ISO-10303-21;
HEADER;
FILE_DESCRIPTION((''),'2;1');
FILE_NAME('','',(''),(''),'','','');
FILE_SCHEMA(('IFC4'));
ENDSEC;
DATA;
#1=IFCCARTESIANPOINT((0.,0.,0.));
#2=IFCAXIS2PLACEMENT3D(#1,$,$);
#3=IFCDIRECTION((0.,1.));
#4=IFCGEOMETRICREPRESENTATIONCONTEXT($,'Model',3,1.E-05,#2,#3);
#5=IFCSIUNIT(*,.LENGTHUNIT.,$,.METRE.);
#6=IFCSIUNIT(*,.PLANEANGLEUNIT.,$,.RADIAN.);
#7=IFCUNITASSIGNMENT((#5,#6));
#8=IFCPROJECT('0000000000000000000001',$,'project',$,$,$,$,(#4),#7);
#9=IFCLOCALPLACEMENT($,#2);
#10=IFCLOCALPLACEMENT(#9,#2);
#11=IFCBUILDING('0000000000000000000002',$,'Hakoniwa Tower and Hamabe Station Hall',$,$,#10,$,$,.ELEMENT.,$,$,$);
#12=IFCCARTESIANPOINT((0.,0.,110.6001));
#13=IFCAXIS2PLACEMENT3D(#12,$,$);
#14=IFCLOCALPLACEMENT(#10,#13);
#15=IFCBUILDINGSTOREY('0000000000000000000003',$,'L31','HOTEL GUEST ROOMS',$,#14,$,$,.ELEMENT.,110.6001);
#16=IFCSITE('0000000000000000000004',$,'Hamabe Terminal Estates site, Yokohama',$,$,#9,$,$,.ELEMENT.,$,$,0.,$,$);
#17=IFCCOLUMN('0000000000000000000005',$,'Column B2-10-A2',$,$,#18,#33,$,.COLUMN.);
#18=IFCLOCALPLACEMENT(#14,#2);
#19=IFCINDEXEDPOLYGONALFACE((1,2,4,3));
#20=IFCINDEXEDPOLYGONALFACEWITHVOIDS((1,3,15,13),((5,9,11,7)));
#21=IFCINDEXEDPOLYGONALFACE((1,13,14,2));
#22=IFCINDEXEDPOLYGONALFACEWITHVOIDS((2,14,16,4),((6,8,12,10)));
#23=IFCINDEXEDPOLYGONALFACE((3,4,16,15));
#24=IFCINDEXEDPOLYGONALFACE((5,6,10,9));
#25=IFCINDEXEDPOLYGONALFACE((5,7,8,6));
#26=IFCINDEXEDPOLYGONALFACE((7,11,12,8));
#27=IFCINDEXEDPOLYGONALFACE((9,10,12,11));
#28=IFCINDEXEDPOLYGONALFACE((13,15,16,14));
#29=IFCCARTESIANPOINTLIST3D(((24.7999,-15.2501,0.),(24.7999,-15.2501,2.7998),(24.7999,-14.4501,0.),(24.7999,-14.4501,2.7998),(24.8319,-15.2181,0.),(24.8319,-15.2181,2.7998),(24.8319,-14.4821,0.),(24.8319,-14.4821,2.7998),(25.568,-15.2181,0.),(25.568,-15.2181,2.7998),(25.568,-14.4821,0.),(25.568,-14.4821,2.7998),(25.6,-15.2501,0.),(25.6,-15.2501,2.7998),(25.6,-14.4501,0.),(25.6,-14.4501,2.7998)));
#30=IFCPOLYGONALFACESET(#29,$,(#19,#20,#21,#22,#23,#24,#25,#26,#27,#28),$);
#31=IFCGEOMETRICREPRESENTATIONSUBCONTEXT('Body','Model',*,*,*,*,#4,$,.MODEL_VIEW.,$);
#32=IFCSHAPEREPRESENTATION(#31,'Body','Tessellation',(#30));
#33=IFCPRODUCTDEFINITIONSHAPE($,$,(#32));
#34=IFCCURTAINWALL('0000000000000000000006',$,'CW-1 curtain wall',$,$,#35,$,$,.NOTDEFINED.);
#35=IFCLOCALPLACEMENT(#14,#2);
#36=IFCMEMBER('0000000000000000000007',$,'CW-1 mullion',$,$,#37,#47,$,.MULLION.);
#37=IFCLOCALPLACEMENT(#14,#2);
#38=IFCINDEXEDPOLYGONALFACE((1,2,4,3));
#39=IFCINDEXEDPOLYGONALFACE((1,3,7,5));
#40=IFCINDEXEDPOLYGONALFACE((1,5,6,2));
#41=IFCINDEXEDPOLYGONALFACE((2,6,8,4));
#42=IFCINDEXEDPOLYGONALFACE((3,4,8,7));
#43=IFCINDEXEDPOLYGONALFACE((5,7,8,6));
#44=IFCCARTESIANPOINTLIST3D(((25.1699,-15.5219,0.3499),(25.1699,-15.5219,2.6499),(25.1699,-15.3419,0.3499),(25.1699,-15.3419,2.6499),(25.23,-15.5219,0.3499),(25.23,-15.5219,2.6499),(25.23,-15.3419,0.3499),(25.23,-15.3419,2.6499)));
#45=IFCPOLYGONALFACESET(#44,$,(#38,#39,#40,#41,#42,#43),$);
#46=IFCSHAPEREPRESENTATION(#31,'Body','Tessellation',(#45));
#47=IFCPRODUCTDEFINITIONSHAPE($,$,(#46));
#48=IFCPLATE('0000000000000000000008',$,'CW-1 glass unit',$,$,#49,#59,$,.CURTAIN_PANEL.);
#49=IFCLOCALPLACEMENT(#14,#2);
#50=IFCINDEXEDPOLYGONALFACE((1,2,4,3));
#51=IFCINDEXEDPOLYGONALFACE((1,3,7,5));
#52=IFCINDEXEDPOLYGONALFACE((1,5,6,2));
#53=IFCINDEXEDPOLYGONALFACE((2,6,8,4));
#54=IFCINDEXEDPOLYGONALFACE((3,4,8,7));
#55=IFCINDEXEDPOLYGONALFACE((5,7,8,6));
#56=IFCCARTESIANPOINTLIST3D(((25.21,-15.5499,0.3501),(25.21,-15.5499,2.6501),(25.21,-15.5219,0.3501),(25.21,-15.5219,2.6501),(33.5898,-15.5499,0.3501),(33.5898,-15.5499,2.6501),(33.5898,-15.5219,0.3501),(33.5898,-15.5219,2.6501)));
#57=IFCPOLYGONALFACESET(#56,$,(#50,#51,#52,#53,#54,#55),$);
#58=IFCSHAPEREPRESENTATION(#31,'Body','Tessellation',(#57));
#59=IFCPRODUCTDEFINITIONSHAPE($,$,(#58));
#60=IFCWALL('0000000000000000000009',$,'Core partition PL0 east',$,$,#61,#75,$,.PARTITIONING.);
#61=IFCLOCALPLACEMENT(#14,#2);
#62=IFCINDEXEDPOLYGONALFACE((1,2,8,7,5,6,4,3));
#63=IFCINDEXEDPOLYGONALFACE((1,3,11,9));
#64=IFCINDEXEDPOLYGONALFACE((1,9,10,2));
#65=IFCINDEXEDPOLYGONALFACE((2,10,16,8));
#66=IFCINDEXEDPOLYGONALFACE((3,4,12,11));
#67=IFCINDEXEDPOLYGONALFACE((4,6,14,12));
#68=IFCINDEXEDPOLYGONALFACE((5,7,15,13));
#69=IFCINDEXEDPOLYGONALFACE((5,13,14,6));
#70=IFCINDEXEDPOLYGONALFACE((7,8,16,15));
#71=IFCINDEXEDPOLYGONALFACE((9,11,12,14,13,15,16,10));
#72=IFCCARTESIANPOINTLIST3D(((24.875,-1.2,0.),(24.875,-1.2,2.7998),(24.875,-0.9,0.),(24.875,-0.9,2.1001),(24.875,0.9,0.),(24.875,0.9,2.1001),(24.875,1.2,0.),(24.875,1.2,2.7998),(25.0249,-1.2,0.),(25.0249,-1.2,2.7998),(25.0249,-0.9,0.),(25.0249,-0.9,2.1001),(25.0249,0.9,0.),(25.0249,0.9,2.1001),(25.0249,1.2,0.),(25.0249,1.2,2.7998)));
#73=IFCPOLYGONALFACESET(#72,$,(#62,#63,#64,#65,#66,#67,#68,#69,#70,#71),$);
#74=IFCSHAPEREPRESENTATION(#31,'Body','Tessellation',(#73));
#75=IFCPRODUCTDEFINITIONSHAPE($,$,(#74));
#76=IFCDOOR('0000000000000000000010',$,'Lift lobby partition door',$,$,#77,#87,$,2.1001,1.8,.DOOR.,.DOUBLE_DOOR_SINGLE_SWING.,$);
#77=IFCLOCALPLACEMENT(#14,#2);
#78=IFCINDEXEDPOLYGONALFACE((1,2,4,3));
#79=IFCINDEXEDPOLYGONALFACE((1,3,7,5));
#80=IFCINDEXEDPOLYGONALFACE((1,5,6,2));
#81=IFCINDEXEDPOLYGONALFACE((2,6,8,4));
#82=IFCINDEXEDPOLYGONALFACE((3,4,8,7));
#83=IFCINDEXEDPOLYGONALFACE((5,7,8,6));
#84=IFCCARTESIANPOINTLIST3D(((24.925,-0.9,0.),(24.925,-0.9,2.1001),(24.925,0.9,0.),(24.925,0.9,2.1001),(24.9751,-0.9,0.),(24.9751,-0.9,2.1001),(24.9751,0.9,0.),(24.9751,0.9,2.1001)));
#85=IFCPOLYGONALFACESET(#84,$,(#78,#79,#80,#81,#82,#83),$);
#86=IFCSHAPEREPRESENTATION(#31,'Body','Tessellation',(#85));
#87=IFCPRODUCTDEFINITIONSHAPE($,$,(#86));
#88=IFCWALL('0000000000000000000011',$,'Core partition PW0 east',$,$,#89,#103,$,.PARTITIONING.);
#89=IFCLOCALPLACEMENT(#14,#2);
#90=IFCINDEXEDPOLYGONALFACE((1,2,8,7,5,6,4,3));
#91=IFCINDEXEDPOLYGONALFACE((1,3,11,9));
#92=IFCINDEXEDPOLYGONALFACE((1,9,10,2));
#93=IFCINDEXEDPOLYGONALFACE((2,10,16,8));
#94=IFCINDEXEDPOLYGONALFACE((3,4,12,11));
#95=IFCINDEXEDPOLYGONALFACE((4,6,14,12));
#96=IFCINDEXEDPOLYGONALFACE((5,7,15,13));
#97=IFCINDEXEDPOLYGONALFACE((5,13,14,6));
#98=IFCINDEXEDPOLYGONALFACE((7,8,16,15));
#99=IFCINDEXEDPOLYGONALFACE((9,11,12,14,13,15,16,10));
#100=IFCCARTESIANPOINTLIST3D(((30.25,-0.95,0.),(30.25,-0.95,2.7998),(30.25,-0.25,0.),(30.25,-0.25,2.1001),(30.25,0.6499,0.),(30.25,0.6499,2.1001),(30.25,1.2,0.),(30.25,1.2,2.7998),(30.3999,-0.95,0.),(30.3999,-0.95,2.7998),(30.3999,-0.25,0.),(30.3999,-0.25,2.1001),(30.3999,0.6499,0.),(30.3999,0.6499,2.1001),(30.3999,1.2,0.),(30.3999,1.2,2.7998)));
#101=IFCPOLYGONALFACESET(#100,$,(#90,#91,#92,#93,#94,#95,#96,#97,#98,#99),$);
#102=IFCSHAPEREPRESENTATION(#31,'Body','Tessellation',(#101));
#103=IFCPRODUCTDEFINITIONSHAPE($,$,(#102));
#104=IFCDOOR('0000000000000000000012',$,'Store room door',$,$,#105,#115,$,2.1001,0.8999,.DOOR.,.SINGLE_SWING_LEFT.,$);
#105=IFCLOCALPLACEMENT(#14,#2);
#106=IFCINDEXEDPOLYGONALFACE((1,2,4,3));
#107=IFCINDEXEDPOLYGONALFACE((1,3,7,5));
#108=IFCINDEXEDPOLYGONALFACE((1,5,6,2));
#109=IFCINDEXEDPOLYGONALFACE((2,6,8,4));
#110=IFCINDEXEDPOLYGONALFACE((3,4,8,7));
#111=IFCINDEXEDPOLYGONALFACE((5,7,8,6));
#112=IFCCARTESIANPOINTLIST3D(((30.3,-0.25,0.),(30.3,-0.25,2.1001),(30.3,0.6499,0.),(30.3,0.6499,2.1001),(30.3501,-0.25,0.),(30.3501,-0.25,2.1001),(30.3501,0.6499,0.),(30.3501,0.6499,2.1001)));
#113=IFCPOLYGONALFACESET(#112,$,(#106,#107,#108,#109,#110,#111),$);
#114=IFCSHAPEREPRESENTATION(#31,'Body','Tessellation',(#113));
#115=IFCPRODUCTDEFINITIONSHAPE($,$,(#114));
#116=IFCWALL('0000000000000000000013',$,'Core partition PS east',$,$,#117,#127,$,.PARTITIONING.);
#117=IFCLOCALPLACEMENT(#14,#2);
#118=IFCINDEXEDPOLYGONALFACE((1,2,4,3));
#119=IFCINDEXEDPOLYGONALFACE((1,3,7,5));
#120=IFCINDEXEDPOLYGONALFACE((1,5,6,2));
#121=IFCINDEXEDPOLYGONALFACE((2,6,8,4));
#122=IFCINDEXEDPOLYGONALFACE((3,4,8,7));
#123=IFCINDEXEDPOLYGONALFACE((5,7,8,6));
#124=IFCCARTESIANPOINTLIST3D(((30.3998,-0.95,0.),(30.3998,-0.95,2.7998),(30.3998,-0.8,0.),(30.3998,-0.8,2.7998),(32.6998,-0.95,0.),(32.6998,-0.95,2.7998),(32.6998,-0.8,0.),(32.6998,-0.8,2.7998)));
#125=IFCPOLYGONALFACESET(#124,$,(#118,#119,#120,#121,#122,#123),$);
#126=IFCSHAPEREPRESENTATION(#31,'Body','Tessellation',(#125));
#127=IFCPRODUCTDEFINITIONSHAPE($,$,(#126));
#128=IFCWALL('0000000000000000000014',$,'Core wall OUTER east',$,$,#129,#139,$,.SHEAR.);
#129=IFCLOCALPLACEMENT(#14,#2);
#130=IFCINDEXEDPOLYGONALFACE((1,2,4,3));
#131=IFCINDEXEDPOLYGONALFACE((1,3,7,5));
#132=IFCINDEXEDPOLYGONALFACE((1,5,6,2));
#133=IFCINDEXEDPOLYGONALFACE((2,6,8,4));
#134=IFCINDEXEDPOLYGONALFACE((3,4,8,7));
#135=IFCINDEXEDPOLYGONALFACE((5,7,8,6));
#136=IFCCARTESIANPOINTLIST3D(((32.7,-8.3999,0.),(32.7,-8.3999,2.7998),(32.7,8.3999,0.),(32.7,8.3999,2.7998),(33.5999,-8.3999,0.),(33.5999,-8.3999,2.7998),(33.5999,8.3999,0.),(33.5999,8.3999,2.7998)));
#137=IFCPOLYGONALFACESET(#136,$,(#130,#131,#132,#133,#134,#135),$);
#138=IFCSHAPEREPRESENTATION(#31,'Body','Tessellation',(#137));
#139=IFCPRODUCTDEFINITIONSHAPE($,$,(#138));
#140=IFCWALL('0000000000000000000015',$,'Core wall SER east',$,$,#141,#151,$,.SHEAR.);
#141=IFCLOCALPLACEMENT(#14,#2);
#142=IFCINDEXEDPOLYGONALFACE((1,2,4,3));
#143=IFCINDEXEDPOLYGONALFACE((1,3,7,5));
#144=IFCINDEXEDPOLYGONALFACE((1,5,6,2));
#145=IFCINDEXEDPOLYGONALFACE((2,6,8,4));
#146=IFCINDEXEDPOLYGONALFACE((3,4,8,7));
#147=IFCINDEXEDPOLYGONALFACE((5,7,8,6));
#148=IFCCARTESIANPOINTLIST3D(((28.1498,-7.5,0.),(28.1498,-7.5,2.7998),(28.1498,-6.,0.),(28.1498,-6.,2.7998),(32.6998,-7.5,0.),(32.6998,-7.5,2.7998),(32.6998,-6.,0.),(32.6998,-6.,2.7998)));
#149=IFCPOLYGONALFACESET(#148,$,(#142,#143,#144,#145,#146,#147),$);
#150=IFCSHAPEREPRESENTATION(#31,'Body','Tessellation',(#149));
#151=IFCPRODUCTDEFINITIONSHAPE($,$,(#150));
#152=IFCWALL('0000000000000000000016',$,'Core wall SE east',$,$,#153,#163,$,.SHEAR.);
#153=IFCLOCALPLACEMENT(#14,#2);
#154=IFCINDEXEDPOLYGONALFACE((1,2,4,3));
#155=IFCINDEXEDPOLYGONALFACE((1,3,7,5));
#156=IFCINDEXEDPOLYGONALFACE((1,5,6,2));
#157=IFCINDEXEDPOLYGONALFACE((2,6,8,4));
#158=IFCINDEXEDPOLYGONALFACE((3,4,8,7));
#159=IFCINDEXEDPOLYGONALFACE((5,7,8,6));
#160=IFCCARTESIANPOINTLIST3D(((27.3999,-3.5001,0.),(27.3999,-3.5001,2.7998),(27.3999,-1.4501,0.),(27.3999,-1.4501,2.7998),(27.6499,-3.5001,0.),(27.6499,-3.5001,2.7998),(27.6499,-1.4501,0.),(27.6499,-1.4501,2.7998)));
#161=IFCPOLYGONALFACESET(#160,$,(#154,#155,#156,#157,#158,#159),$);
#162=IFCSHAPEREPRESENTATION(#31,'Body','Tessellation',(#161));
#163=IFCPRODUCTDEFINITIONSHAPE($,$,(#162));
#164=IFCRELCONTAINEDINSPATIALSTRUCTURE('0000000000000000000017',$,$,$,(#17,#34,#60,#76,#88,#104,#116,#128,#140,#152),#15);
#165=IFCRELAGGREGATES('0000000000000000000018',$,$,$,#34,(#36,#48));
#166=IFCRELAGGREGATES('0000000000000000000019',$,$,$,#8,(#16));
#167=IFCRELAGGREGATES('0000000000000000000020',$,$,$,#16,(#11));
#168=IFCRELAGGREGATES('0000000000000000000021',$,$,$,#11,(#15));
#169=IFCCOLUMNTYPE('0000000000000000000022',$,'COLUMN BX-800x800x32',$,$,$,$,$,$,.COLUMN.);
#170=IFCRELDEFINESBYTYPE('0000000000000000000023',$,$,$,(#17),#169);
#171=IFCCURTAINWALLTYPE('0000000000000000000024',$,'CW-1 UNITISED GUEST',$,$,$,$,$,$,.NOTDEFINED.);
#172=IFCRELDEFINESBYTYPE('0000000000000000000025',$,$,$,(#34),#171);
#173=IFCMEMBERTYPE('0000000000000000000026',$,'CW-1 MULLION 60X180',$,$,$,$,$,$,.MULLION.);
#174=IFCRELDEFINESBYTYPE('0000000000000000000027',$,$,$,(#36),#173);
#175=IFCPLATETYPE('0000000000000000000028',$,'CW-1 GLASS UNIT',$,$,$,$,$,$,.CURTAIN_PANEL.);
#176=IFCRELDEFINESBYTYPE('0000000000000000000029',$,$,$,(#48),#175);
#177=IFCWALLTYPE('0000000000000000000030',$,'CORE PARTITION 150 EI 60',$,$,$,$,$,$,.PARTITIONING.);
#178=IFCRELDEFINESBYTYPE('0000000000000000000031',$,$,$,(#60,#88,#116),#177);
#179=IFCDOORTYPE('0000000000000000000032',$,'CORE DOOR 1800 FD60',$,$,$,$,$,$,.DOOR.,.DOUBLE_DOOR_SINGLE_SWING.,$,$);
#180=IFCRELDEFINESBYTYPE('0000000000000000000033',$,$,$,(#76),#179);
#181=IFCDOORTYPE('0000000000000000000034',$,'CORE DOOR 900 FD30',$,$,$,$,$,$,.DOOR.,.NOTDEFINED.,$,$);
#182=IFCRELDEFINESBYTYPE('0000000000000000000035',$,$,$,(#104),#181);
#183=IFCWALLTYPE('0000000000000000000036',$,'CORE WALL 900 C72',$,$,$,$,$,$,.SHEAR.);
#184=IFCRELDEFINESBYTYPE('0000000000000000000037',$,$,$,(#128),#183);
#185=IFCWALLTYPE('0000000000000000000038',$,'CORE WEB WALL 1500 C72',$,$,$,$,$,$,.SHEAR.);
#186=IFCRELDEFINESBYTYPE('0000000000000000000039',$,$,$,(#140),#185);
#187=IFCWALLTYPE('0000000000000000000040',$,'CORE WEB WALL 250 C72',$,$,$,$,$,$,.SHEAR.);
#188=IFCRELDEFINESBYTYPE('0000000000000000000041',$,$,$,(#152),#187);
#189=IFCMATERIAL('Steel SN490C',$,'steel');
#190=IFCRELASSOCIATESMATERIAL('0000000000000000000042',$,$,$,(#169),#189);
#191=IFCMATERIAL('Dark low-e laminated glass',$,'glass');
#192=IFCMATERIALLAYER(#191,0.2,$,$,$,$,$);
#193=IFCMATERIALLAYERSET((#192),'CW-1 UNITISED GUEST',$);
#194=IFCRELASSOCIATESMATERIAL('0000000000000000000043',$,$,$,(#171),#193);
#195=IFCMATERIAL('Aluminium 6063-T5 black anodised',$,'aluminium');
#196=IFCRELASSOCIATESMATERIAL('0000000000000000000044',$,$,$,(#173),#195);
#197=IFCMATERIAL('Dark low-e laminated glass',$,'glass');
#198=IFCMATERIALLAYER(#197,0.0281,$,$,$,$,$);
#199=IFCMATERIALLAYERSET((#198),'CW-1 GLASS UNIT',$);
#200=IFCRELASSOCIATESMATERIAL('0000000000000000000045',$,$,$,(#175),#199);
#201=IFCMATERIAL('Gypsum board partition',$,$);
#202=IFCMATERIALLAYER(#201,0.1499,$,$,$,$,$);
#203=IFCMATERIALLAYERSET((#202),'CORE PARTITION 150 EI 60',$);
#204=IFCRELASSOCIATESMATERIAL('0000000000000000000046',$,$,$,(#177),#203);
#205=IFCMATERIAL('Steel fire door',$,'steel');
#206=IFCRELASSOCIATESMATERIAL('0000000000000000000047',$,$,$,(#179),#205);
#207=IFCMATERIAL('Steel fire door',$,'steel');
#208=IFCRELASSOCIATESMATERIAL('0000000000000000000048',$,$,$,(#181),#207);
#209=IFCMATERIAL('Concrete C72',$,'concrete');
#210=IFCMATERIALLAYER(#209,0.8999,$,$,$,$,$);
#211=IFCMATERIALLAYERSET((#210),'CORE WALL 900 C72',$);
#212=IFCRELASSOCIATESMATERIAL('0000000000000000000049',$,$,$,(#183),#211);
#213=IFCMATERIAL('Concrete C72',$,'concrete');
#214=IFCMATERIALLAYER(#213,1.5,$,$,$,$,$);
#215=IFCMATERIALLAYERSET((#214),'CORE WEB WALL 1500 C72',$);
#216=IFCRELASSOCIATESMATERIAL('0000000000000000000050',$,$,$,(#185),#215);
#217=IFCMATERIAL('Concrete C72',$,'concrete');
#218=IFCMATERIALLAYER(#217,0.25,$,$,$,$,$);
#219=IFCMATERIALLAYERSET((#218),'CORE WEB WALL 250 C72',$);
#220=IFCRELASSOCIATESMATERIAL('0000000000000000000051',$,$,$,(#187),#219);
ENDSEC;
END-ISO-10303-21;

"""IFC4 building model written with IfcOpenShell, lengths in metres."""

from ifc_helpers import new_model, si_unit, direction, frame, frame_2d, origin, origin_2d, place, context, subcontext, project, spatial, rectangle, hollow_rectangle, extrude, material, layer, layer_set, material_profile, profile_set, type_object, element, fill, aggregate, save


model = new_model("IFC4")

# Units and contexts
model_context = context("Model", 3, precision=1e-05, world=origin(), true_north=direction((0.0, 1.0)))
body_context = subcontext(model_context, "Body", "Model", "MODEL_VIEW")
ifc_project = project(units=[si_unit("LENGTHUNIT", "METRE"), si_unit("PLANEANGLEUNIT", "RADIAN")], contexts=[model_context])

# Site, building, storey
site_placement = place(None, origin())
site = spatial("IfcSite", under=ifc_project, at=site_placement, Name="Hamabe Terminal Estates site, Yokohama", CompositionType="ELEMENT", RefElevation=0.0)
building_placement = place(site_placement, origin())
building = spatial("IfcBuilding", under=site, at=building_placement, Name="Hakoniwa Tower and Hamabe Station Hall", CompositionType="ELEMENT")
storey_placement = place(building_placement, frame((0.0, 0.0, 110.6001)))
storey = spatial("IfcBuildingStorey", under=building, at=storey_placement, Name="L31", Description="HOTEL GUEST ROOMS", CompositionType="ELEMENT", Elevation=110.6001)

# Column
ifc_material_1 = material(Name="Steel SN490C", Category="steel")
ifc_material_profile_1 = material_profile(ifc_material_1, hollow_rectangle(XDim=0.8, YDim=0.8, WallThickness=0.032, at=origin_2d()), Name="BX-800x800x32")
ifc_profile_set_1 = profile_set([ifc_material_profile_1], Name="Steel SN490C")
column_type = type_object("IfcColumnType", Name="COLUMN BX-800x800x32", PredefinedType="COLUMN", material=ifc_profile_set_1)
column_placement = place(storey_placement, frame((25.2, -14.8501, 0.0), z_axis=(0.0, 0.0, 1.0), x_axis=(1.0, 0.0, 0.0)))
element("IfcColumn", 1, at=column_placement, inside=storey, type_object=column_type, Name="Column B2-10-A2", PredefinedType="COLUMN", context=body_context, shape_type="SweptSolid", body=[
    extrude(hollow_rectangle(XDim=0.8, YDim=0.8, WallThickness=0.032, at=origin_2d()), origin(), (0.0, 0.0, 1.0), 2.7998),
])

# Curtain wall, member, plate
ifc_material_2 = material(Name="Dark low-e laminated glass", Category="glass")
ifc_layer_1 = layer(ifc_material_2, 0.2)
ifc_layer_set_1 = layer_set([ifc_layer_1], Name="CW-1 UNITISED GUEST")
curtain_wall_type = type_object("IfcCurtainWallType", Name="CW-1 UNITISED GUEST", PredefinedType="NOTDEFINED", material=ifc_layer_set_1)
curtain_wall_placement = place(storey_placement, origin())
curtain_wall = element("IfcCurtainWall", 2, at=curtain_wall_placement, inside=storey, type_object=curtain_wall_type, Name="CW-1 curtain wall", PredefinedType="NOTDEFINED")
ifc_material_3 = material(Name="Aluminium 6063-T5 black anodised", Category="aluminium")
ifc_material_profile_2 = material_profile(ifc_material_3, rectangle(XDim=0.0601, YDim=0.1799, at=origin_2d()), Name="CW-1 MULLION 60X180")
ifc_profile_set_2 = profile_set([ifc_material_profile_2], Name="Aluminium 6063-T5 black anodised")
member_type = type_object("IfcMemberType", Name="CW-1 MULLION 60X180", PredefinedType="MULLION", material=ifc_profile_set_2)
member_placement = place(storey_placement, frame((25.2, -15.4319, 0.3499), z_axis=(0.0, 0.0, 1.0), x_axis=(1.0, 0.0, 0.0)))
member = element("IfcMember", 3, at=member_placement, type_object=member_type, Name="CW-1 mullion", PredefinedType="MULLION", context=body_context, shape_type="SweptSolid", body=[
    extrude(rectangle(XDim=0.0601, YDim=0.1799, at=origin_2d()), origin(), (0.0, 0.0, 1.0), 2.3),
])
ifc_material_4 = material(Name="Dark low-e laminated glass", Category="glass")
ifc_layer_2 = layer(ifc_material_4, 0.0281)
ifc_layer_set_2 = layer_set([ifc_layer_2], Name="CW-1 GLASS UNIT")
plate_type = type_object("IfcPlateType", Name="CW-1 GLASS UNIT", PredefinedType="CURTAIN_PANEL", material=ifc_layer_set_2)
plate_placement = place(storey_placement, frame((29.3999, -15.5359, 0.3501), z_axis=(0.0, 0.0, 1.0), x_axis=(1.0, 0.0, 0.0)))
plate = element("IfcPlate", 4, at=plate_placement, type_object=plate_type, Name="CW-1 glass unit", PredefinedType="CURTAIN_PANEL", context=body_context, shape_type="SweptSolid", body=[
    extrude(rectangle(XDim=8.3799, YDim=0.0281, at=origin_2d()), origin(), (0.0, 0.0, 1.0), 2.3),
])
aggregate(curtain_wall, [member, plate])

# Walls, openings, doors
ifc_material_5 = material(Name="Gypsum board partition")
ifc_layer_3 = layer(ifc_material_5, 0.1499)
ifc_layer_set_3 = layer_set([ifc_layer_3], Name="CORE PARTITION 150 EI 60")
wall_type_1 = type_object("IfcWallType", Name="CORE PARTITION 150 EI 60", PredefinedType="PARTITIONING", material=ifc_layer_set_3)
wall_1_placement = place(storey_placement, frame((24.95, -1.2, 0.0), z_axis=(0.0, 0.0, 1.0), x_axis=(0.0, 1.0, 0.0)))
wall_1 = element("IfcWall", 5, at=wall_1_placement, inside=storey, type_object=wall_type_1, Name="Core partition PL0 east", PredefinedType="PARTITIONING", context=body_context, shape_type="SweptSolid", body=[
    extrude(rectangle(XDim=2.3999, YDim=0.1499, at=frame_2d((1.2, 0.0))), origin(), (0.0, 0.0, 1.0), 2.7998),
])
opening_1_placement = place(wall_1_placement, frame((0.3, 0.0, 0.0)))
opening_1 = element("IfcOpeningElement", 6, at=opening_1_placement, cuts=wall_1, PredefinedType="OPENING", context=body_context, shape_type="SweptSolid", body=[
    extrude(rectangle(XDim=1.8, YDim=2.1001, at=frame_2d((0.8999, 1.05))), frame((0.0, 0.085, 0.0), z_axis=(0.0, -1.0, 0.0), x_axis=(1.0, 0.0, 0.0)), (0.0, 0.0, 1.0), 0.1699),
])
ifc_material_6 = material(Name="Steel fire door", Category="steel")
door_type_1 = type_object("IfcDoorType", Name="CORE DOOR 1800 FD60", OperationType="DOUBLE_DOOR_SINGLE_SWING", PredefinedType="DOOR", material=ifc_material_6)
door_1_placement = place(opening_1_placement, origin())
door_1 = element("IfcDoor", 7, at=door_1_placement, inside=storey, type_object=door_type_1, Name="Lift lobby partition door", OperationType="DOUBLE_DOOR_SINGLE_SWING", OverallHeight=2.1001, OverallWidth=1.8, PredefinedType="DOOR", context=body_context, shape_type="SweptSolid", body=[
    extrude(rectangle(XDim=1.8, YDim=2.1001, at=frame_2d((0.8999, 1.05))), frame((0.0, 0.0249, 0.0), z_axis=(0.0, -1.0, 0.0), x_axis=(1.0, 0.0, 0.0)), (0.0, 0.0, 1.0), 0.05),
])
fill(opening_1, door_1)
wall_2_placement = place(storey_placement, frame((30.325, -0.95, 0.0), z_axis=(0.0, 0.0, 1.0), x_axis=(0.0, 1.0, 0.0)))
wall_2 = element("IfcWall", 8, at=wall_2_placement, inside=storey, type_object=wall_type_1, Name="Core partition PW0 east", PredefinedType="PARTITIONING", context=body_context, shape_type="SweptSolid", body=[
    extrude(rectangle(XDim=2.1499, YDim=0.1499, at=frame_2d((1.075, 0.0))), origin(), (0.0, 0.0, 1.0), 2.7998),
])
opening_2_placement = place(wall_2_placement, frame((0.7, 0.0, 0.0)))
opening_2 = element("IfcOpeningElement", 9, at=opening_2_placement, cuts=wall_2, PredefinedType="OPENING", context=body_context, shape_type="SweptSolid", body=[
    extrude(rectangle(XDim=0.8999, YDim=2.1001, at=frame_2d((0.45, 1.05))), frame((0.0, 0.085, 0.0), z_axis=(0.0, -1.0, 0.0), x_axis=(1.0, 0.0, 0.0)), (0.0, 0.0, 1.0), 0.1699),
])
ifc_material_7 = material(Name="Steel fire door", Category="steel")
door_type_2 = type_object("IfcDoorType", Name="CORE DOOR 900 FD30", OperationType="NOTDEFINED", PredefinedType="DOOR", material=ifc_material_7)
door_2_placement = place(opening_2_placement, origin())
door_2 = element("IfcDoor", 10, at=door_2_placement, inside=storey, type_object=door_type_2, Name="Store room door", OperationType="SINGLE_SWING_LEFT", OverallHeight=2.1001, OverallWidth=0.8999, PredefinedType="DOOR", context=body_context, shape_type="SweptSolid", body=[
    extrude(rectangle(XDim=0.8999, YDim=2.1001, at=frame_2d((0.45, 1.05))), frame((0.0, 0.0249, 0.0), z_axis=(0.0, -1.0, 0.0), x_axis=(1.0, 0.0, 0.0)), (0.0, 0.0, 1.0), 0.05),
])
fill(opening_2, door_2)

# Walls
wall_3_placement = place(storey_placement, frame((30.3999, -0.875, 0.0), z_axis=(0.0, 0.0, 1.0), x_axis=(1.0, 0.0, 0.0)))
element("IfcWall", 11, at=wall_3_placement, inside=storey, type_object=wall_type_1, Name="Core partition PS east", PredefinedType="PARTITIONING", context=body_context, shape_type="SweptSolid", body=[
    extrude(rectangle(XDim=2.3, YDim=0.1499, at=frame_2d((1.1499, 0.0))), origin(), (0.0, 0.0, 1.0), 2.7998),
])
ifc_material_8 = material(Name="Concrete C72", Category="concrete")
ifc_layer_4 = layer(ifc_material_8, 0.8999)
ifc_layer_set_4 = layer_set([ifc_layer_4], Name="CORE WALL 900 C72")
wall_type_2 = type_object("IfcWallType", Name="CORE WALL 900 C72", PredefinedType="SHEAR", material=ifc_layer_set_4)
wall_4_placement = place(storey_placement, frame((33.1499, -8.3999, 0.0), z_axis=(0.0, 0.0, 1.0), x_axis=(0.0, 1.0, 0.0)))
element("IfcWall", 12, at=wall_4_placement, inside=storey, type_object=wall_type_2, Name="Core wall OUTER east", PredefinedType="SHEAR", context=body_context, shape_type="SweptSolid", body=[
    extrude(rectangle(XDim=16.7998, YDim=0.8999, at=frame_2d((8.3999, 0.0))), origin(), (0.0, 0.0, 1.0), 2.7998),
])
ifc_material_9 = material(Name="Concrete C72", Category="concrete")
ifc_layer_5 = layer(ifc_material_9, 1.5)
ifc_layer_set_5 = layer_set([ifc_layer_5], Name="CORE WEB WALL 1500 C72")
wall_type_3 = type_object("IfcWallType", Name="CORE WEB WALL 1500 C72", PredefinedType="SHEAR", material=ifc_layer_set_5)
wall_5_placement = place(storey_placement, frame((28.1499, -6.75, 0.0), z_axis=(0.0, 0.0, 1.0), x_axis=(1.0, 0.0, 0.0)))
element("IfcWall", 13, at=wall_5_placement, inside=storey, type_object=wall_type_3, Name="Core wall SER east", PredefinedType="SHEAR", context=body_context, shape_type="SweptSolid", body=[
    extrude(rectangle(XDim=4.55, YDim=1.5, at=frame_2d((2.2749, 0.0))), origin(), (0.0, 0.0, 1.0), 2.7998),
])
ifc_material_10 = material(Name="Concrete C72", Category="concrete")
ifc_layer_6 = layer(ifc_material_10, 0.25)
ifc_layer_set_6 = layer_set([ifc_layer_6], Name="CORE WEB WALL 250 C72")
wall_type_4 = type_object("IfcWallType", Name="CORE WEB WALL 250 C72", PredefinedType="SHEAR", material=ifc_layer_set_6)
wall_6_placement = place(storey_placement, frame((27.5249, -3.5, 0.0), z_axis=(0.0, 0.0, 1.0), x_axis=(0.0, 1.0, 0.0)))
element("IfcWall", 14, at=wall_6_placement, inside=storey, type_object=wall_type_4, Name="Core wall SE east", PredefinedType="SHEAR", context=body_context, shape_type="SweptSolid", body=[
    extrude(rectangle(XDim=2.05, YDim=0.25, at=frame_2d((1.0249, 0.0))), origin(), (0.0, 0.0, 1.0), 2.7998),
])

save(model, "model.ifc")
